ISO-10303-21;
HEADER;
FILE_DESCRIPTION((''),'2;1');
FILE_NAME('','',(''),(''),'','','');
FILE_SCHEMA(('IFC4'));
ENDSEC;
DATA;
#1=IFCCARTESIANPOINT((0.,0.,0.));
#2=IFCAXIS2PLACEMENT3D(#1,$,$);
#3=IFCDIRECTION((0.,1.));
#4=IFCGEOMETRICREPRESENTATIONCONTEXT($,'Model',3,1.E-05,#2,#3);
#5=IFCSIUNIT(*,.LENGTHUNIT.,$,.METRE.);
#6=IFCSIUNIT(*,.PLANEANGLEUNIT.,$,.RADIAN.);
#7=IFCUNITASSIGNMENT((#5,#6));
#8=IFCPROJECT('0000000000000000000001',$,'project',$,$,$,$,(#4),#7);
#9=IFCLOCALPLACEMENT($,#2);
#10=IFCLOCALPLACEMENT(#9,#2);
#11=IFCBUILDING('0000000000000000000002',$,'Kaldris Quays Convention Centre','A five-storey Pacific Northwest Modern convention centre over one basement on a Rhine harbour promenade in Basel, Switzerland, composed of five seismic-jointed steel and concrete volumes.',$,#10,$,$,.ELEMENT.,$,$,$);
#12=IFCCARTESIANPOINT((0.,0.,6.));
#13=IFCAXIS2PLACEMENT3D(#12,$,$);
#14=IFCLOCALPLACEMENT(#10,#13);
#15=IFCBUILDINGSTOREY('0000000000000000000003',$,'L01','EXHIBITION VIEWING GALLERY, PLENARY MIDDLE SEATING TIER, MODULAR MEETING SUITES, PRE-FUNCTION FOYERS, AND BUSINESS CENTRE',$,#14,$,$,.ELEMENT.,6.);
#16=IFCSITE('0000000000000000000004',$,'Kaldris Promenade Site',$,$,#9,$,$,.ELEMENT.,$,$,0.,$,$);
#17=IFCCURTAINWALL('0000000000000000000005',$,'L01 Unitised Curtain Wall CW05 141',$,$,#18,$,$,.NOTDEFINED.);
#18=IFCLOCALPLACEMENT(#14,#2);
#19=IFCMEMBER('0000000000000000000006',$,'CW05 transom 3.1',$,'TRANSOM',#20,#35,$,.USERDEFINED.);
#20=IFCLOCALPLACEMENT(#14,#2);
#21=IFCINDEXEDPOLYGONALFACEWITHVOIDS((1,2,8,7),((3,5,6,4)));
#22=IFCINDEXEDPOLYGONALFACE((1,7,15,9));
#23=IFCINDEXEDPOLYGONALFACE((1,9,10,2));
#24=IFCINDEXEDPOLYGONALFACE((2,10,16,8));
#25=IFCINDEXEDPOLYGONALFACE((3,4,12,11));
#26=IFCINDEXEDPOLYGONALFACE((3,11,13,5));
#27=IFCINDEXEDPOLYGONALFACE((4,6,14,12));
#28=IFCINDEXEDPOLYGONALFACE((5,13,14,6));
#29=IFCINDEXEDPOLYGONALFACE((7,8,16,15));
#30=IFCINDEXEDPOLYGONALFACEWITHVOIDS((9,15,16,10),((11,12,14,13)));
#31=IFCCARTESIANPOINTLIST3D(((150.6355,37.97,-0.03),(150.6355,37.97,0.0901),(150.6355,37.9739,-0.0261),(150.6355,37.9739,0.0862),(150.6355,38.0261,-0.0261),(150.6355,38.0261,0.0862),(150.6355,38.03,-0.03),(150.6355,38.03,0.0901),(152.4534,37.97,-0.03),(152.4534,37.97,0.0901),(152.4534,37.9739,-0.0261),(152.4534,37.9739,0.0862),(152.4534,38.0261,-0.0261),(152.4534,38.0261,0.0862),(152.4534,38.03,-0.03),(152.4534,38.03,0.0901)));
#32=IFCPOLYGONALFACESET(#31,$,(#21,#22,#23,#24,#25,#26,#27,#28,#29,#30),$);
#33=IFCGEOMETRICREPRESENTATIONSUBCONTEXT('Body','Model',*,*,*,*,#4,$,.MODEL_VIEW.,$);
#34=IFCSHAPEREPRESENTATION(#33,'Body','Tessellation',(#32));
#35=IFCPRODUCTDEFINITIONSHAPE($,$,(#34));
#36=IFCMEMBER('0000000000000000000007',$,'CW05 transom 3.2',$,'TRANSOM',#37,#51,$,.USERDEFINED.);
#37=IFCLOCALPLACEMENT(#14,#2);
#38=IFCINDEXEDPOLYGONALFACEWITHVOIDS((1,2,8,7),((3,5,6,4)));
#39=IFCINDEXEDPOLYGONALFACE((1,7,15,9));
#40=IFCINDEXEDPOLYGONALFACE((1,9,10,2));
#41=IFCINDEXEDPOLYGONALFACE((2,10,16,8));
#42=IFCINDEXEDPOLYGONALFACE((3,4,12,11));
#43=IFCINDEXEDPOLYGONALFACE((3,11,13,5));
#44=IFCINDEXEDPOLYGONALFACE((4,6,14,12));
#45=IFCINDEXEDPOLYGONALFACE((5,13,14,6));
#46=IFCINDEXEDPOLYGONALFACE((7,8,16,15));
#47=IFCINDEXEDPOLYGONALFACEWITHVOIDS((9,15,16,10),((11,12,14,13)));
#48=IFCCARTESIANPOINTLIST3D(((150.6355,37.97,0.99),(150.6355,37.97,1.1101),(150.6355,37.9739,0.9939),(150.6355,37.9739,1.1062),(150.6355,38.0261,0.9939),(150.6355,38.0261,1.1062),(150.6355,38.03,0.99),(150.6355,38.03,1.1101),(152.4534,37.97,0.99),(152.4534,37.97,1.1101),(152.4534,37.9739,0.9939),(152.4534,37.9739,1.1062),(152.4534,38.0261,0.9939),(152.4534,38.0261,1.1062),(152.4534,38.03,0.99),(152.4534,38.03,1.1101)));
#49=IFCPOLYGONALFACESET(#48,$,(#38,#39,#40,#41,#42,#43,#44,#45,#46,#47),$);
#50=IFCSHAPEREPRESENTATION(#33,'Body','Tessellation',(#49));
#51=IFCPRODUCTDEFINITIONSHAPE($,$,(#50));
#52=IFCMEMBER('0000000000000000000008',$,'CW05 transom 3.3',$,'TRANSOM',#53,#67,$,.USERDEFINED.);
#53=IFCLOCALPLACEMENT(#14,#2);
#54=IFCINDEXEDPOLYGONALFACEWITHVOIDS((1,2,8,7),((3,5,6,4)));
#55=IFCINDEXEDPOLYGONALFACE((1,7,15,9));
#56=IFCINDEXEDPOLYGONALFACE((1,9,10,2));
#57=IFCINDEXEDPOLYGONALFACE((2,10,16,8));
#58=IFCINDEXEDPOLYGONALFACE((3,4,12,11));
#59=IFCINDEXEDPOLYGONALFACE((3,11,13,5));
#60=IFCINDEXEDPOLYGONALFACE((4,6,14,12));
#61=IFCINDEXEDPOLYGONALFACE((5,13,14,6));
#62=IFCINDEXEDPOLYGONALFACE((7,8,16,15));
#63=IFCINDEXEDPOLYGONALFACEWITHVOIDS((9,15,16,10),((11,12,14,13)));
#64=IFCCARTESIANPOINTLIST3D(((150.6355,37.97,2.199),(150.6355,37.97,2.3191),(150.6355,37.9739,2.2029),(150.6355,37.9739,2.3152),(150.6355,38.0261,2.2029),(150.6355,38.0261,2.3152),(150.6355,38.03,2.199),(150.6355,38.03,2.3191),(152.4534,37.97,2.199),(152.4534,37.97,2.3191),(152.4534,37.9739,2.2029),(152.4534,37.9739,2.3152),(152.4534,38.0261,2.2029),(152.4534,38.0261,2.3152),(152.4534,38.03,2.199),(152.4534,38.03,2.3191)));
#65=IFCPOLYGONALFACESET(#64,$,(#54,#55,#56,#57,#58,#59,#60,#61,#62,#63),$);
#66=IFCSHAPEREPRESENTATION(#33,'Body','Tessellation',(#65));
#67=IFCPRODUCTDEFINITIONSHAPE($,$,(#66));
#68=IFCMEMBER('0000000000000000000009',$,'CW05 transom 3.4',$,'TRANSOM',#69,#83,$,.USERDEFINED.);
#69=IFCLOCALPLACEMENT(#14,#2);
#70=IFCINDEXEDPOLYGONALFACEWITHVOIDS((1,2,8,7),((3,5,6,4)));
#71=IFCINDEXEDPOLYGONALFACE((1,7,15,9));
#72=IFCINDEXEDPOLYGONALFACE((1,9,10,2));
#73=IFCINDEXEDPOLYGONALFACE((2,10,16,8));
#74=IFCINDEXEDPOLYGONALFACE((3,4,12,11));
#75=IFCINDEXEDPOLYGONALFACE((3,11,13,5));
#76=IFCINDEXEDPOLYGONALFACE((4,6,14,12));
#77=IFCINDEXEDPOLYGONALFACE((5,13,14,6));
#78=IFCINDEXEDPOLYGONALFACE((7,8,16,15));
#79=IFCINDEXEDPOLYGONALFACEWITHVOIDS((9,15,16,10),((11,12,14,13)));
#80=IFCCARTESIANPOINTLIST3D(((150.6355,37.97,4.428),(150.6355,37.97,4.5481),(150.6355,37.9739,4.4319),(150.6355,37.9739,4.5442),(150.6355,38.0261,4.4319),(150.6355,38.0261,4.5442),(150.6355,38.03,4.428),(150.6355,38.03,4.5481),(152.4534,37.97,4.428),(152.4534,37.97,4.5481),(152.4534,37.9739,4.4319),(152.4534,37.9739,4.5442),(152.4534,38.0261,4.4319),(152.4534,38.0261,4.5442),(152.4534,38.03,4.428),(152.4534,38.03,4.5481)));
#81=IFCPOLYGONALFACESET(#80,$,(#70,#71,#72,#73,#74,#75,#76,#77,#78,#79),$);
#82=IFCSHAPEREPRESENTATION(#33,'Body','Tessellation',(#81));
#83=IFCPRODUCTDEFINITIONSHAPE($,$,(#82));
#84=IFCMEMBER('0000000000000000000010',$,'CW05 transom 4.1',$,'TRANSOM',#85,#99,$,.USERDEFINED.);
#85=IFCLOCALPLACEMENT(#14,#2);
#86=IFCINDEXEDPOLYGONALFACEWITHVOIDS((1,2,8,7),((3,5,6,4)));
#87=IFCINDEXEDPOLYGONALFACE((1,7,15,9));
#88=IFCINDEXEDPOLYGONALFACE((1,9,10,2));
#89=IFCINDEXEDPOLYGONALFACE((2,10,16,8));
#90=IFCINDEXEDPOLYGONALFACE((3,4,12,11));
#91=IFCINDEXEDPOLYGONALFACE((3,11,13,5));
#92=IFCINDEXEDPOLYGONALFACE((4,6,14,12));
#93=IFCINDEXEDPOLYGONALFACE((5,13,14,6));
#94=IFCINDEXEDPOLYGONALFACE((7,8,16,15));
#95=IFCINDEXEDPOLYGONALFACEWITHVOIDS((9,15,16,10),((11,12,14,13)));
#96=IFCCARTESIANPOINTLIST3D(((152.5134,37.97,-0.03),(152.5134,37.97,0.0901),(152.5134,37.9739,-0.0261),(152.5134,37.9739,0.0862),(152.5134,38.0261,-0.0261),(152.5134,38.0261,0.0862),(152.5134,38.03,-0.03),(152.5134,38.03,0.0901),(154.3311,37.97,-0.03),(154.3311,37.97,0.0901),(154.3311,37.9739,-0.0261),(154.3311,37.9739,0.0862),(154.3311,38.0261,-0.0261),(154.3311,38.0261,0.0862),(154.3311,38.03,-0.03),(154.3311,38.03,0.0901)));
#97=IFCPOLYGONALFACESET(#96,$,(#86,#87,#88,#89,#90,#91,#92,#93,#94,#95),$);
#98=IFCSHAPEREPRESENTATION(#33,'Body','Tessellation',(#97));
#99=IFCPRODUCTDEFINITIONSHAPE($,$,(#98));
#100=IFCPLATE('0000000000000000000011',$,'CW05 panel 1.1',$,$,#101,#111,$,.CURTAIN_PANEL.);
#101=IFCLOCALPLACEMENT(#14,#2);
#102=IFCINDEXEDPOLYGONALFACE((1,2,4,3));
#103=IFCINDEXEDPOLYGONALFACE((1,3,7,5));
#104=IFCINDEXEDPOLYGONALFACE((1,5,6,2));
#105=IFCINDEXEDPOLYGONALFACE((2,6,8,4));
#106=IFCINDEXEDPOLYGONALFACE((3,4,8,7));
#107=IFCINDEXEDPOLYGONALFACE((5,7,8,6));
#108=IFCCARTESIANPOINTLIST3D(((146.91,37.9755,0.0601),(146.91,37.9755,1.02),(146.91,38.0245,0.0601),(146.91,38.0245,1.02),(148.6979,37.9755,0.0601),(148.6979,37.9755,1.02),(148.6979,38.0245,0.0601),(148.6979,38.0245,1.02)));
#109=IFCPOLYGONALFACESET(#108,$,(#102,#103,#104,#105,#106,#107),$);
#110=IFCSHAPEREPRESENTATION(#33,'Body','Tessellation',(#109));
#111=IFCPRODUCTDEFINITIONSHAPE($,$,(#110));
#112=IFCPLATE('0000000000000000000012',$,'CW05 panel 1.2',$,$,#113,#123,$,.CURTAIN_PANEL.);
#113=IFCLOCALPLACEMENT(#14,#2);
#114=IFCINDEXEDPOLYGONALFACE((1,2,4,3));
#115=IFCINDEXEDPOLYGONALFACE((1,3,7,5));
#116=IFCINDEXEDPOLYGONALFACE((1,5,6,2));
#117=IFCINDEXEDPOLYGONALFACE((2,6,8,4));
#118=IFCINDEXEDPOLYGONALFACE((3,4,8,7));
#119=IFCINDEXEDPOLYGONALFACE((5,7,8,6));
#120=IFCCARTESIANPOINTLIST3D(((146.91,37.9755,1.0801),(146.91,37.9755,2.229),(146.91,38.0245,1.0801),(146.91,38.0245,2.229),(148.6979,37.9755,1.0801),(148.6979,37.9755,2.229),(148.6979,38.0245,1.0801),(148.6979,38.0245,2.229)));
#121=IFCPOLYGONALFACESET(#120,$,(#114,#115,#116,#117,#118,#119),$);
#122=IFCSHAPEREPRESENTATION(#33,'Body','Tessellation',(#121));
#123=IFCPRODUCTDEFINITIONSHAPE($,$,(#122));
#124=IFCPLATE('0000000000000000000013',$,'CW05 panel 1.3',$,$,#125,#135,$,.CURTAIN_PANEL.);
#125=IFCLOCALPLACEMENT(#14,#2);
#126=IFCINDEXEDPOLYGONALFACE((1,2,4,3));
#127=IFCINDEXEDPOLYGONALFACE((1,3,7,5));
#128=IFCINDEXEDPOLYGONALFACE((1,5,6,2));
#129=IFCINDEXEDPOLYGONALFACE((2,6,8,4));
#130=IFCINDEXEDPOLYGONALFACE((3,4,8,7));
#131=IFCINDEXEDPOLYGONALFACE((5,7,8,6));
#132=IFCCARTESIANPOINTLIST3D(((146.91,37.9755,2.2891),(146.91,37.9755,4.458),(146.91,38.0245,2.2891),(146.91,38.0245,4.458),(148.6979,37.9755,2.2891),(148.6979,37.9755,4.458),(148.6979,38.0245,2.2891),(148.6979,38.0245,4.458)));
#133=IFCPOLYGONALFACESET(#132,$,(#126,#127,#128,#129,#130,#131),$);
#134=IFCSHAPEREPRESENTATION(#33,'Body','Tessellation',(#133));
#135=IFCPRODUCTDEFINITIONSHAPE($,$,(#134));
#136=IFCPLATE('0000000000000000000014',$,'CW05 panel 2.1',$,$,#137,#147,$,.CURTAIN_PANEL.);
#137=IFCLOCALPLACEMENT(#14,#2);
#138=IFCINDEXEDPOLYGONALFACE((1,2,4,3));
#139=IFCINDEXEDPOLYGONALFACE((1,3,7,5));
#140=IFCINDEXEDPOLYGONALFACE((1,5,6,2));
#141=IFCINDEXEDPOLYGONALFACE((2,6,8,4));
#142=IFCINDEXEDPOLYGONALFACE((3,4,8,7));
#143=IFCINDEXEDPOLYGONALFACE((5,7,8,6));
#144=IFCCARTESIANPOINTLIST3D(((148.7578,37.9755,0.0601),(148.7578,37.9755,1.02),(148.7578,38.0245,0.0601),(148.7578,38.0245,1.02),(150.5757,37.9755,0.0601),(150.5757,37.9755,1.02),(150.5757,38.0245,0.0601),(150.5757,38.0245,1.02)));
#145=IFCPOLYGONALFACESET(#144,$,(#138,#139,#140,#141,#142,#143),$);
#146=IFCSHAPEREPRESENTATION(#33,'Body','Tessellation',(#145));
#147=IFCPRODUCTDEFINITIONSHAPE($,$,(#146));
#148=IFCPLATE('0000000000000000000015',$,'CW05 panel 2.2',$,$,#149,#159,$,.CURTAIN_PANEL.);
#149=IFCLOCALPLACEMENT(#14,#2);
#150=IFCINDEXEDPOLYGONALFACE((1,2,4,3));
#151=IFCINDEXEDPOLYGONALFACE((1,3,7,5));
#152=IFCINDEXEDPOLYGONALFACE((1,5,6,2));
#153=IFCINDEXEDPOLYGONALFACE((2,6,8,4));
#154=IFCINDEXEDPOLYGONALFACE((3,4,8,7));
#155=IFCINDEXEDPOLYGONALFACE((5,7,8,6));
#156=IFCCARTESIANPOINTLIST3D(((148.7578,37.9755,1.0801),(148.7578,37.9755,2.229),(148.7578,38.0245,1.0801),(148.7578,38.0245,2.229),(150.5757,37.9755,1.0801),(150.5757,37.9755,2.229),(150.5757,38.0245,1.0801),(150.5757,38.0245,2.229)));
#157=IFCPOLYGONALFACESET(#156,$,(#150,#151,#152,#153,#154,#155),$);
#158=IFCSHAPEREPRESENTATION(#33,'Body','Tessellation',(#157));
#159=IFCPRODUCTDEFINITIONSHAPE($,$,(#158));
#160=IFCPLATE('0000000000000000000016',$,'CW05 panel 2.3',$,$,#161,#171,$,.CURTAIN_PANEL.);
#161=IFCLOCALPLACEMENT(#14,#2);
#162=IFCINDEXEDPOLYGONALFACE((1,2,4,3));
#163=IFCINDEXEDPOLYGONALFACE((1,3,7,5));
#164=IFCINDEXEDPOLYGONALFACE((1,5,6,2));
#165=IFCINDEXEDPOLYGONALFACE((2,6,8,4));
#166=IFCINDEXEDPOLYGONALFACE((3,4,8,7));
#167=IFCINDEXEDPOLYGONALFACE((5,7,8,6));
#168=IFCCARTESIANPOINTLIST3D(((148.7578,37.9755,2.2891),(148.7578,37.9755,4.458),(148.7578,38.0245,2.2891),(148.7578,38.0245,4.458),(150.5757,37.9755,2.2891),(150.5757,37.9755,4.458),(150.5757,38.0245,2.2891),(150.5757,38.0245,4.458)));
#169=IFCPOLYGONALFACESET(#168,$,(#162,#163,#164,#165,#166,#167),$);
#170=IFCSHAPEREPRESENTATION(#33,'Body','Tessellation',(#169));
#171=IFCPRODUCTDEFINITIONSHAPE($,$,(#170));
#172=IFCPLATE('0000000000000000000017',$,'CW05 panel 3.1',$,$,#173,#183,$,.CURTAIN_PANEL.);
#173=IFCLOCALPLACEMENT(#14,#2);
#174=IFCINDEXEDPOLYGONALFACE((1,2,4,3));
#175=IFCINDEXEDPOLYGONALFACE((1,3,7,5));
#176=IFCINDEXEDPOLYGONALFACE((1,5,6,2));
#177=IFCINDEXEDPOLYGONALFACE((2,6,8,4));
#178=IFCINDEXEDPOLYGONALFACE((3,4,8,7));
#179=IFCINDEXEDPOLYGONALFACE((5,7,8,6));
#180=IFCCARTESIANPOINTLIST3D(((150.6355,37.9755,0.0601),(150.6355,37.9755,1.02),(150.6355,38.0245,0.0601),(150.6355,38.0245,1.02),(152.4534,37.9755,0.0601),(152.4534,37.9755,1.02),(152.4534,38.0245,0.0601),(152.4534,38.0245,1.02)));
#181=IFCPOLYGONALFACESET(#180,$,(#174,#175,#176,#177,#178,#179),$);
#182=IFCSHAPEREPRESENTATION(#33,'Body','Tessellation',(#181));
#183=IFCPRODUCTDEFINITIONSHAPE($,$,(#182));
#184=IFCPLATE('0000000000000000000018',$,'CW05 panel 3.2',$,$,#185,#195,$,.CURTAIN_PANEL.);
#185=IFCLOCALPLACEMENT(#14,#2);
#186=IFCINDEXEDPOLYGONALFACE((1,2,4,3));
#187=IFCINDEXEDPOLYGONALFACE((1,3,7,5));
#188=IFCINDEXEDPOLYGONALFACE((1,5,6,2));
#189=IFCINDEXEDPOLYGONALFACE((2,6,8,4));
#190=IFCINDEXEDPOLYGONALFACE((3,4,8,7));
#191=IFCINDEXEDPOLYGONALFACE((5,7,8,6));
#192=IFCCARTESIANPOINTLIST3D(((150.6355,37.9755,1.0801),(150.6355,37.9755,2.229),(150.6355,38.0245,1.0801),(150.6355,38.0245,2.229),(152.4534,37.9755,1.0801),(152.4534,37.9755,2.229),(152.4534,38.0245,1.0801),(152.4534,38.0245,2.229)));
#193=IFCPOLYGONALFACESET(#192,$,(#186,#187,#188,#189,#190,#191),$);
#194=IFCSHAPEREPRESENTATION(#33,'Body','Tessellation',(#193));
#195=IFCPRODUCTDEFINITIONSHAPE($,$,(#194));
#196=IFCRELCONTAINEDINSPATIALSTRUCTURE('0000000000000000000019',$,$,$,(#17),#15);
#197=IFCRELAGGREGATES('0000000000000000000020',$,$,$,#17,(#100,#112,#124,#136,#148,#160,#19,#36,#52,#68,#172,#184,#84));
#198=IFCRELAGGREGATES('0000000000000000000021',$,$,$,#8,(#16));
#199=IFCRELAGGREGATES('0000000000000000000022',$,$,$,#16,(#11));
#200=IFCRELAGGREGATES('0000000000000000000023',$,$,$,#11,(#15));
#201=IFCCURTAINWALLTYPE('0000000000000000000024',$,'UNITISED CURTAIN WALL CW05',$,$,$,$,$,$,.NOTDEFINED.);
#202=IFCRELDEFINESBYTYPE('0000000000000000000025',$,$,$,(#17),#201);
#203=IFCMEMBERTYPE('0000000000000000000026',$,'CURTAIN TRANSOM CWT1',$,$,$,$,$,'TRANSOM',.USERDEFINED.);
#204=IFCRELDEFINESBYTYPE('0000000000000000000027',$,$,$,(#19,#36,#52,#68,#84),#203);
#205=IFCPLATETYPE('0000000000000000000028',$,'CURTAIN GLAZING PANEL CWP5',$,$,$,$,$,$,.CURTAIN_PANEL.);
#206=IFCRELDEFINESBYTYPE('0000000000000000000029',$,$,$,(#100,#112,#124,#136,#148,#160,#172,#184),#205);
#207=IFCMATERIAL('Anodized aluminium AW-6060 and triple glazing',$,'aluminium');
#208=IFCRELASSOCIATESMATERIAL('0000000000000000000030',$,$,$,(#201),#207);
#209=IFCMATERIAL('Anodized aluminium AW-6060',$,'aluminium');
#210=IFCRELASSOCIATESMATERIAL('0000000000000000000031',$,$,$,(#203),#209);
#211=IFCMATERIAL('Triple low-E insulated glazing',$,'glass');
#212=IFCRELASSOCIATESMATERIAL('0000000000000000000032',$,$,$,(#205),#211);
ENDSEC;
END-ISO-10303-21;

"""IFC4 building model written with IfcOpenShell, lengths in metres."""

from ifc_helpers import new_model, si_unit, direction, frame, origin, origin_2d, place, context, subcontext, project, spatial, rectangle, hollow_rectangle, extrude, material, material_profile, profile_set, type_object, element, aggregate, save


model = new_model("IFC4")

# Units and contexts
model_context = context("Model", 3, precision=1e-05, world=origin(), true_north=direction((0.0, 1.0)))
body_context = subcontext(model_context, "Body", "Model", "MODEL_VIEW")
ifc_project = project(units=[si_unit("LENGTHUNIT", "METRE"), si_unit("PLANEANGLEUNIT", "RADIAN")], contexts=[model_context])

# Site, building, storey
site_placement = place(None, origin())
site = spatial("IfcSite", under=ifc_project, at=site_placement, Name="Kaldris Promenade Site", CompositionType="ELEMENT", RefElevation=0.0)
building_placement = place(site_placement, origin())
building = spatial("IfcBuilding", under=site, at=building_placement, Name="Kaldris Quays Convention Centre", Description="A five-storey Pacific Northwest Modern convention centre over one basement on a Rhine harbour promenade in Basel, Switzerland, composed of five seismic-jointed steel and concrete volumes.", CompositionType="ELEMENT")
storey_placement = place(building_placement, frame((0.0, 0.0, 6.0)))
storey = spatial("IfcBuildingStorey", under=building, at=storey_placement, Name="L01", Description="EXHIBITION VIEWING GALLERY, PLENARY MIDDLE SEATING TIER, MODULAR MEETING SUITES, PRE-FUNCTION FOYERS, AND BUSINESS CENTRE", CompositionType="ELEMENT", Elevation=6.0)

# Curtain wall, members, plates
ifc_material_1 = material(Name="Anodized aluminium AW-6060 and triple glazing", Category="aluminium")
curtain_wall_type = type_object("IfcCurtainWallType", Name="UNITISED CURTAIN WALL CW05", PredefinedType="NOTDEFINED", material=ifc_material_1)
curtain_wall_placement = place(storey_placement, origin())
curtain_wall = element("IfcCurtainWall", 1, at=curtain_wall_placement, inside=storey, type_object=curtain_wall_type, Name="L01 Unitised Curtain Wall CW05 141", PredefinedType="NOTDEFINED")
ifc_material_2 = material(Name="Anodized aluminium AW-6060", Category="aluminium")
ifc_material_profile_1 = material_profile(ifc_material_2, hollow_rectangle(XDim=0.0601, YDim=0.1201, WallThickness=0.0039, at=origin_2d()), Name="RHS 120x60x4")
ifc_profile_set_1 = profile_set([ifc_material_profile_1], Name="Anodized aluminium AW-6060")
member_type_1 = type_object("IfcMemberType", Name="CURTAIN TRANSOM CWT1", ElementType="TRANSOM", PredefinedType="USERDEFINED", material=ifc_profile_set_1)
member_1_placement = place(storey_placement, frame((150.6355, 38.0, 0.03), z_axis=(1.0, 0.0, 0.0), x_axis=(0.0, 1.0, 0.0)))
member_1 = element("IfcMember", 2, at=member_1_placement, type_object=member_type_1, Name="CW05 transom 3.1", ObjectType="TRANSOM", PredefinedType="USERDEFINED", context=body_context, shape_type="SweptSolid", body=[
    extrude(hollow_rectangle(XDim=0.0601, YDim=0.1201, WallThickness=0.0039, at=origin_2d()), origin(), (0.0, 0.0, 1.0), 1.8179),
])
member_2_placement = place(storey_placement, frame((150.6355, 38.0, 1.05), z_axis=(1.0, 0.0, 0.0), x_axis=(0.0, 1.0, 0.0)))
member_2 = element("IfcMember", 3, at=member_2_placement, type_object=member_type_1, Name="CW05 transom 3.2", ObjectType="TRANSOM", PredefinedType="USERDEFINED", context=body_context, shape_type="SweptSolid", body=[
    extrude(hollow_rectangle(XDim=0.0601, YDim=0.1201, WallThickness=0.0039, at=origin_2d()), origin(), (0.0, 0.0, 1.0), 1.8179),
])
member_3_placement = place(storey_placement, frame((150.6355, 38.0, 2.259), z_axis=(1.0, 0.0, 0.0), x_axis=(0.0, 1.0, 0.0)))
member_3 = element("IfcMember", 4, at=member_3_placement, type_object=member_type_1, Name="CW05 transom 3.3", ObjectType="TRANSOM", PredefinedType="USERDEFINED", context=body_context, shape_type="SweptSolid", body=[
    extrude(hollow_rectangle(XDim=0.0601, YDim=0.1201, WallThickness=0.0039, at=origin_2d()), origin(), (0.0, 0.0, 1.0), 1.8179),
])
member_4_placement = place(storey_placement, frame((150.6355, 38.0, 4.488), z_axis=(1.0, 0.0, 0.0), x_axis=(0.0, 1.0, 0.0)))
member_4 = element("IfcMember", 5, at=member_4_placement, type_object=member_type_1, Name="CW05 transom 3.4", ObjectType="TRANSOM", PredefinedType="USERDEFINED", context=body_context, shape_type="SweptSolid", body=[
    extrude(hollow_rectangle(XDim=0.0601, YDim=0.1201, WallThickness=0.0039, at=origin_2d()), origin(), (0.0, 0.0, 1.0), 1.8179),
])
member_5_placement = place(storey_placement, frame((152.5134, 38.0, 0.03), z_axis=(1.0, 0.0, 0.0), x_axis=(0.0, 1.0, 0.0)))
member_5 = element("IfcMember", 6, at=member_5_placement, type_object=member_type_1, Name="CW05 transom 4.1", ObjectType="TRANSOM", PredefinedType="USERDEFINED", context=body_context, shape_type="SweptSolid", body=[
    extrude(hollow_rectangle(XDim=0.0601, YDim=0.1201, WallThickness=0.0039, at=origin_2d()), origin(), (0.0, 0.0, 1.0), 1.8176),
])
ifc_material_3 = material(Name="Triple low-E insulated glazing", Category="glass")
plate_type = type_object("IfcPlateType", Name="CURTAIN GLAZING PANEL CWP5", PredefinedType="CURTAIN_PANEL", material=ifc_material_3)
plate_1_placement = place(storey_placement, frame((147.804, 38.0, 0.0601), z_axis=(0.0, 0.0, 1.0), x_axis=(1.0, 0.0, 0.0)))
plate_1 = element("IfcPlate", 7, at=plate_1_placement, type_object=plate_type, Name="CW05 panel 1.1", PredefinedType="CURTAIN_PANEL", context=body_context, shape_type="SweptSolid", body=[
    extrude(rectangle(XDim=1.7878, YDim=0.0491, at=origin_2d()), origin(), (0.0, 0.0, 1.0), 0.96),
])
plate_2_placement = place(storey_placement, frame((147.804, 38.0, 1.0801), z_axis=(0.0, 0.0, 1.0), x_axis=(1.0, 0.0, 0.0)))
plate_2 = element("IfcPlate", 8, at=plate_2_placement, type_object=plate_type, Name="CW05 panel 1.2", PredefinedType="CURTAIN_PANEL", context=body_context, shape_type="SweptSolid", body=[
    extrude(rectangle(XDim=1.7878, YDim=0.0491, at=origin_2d()), origin(), (0.0, 0.0, 1.0), 1.1489),
])
plate_3_placement = place(storey_placement, frame((147.804, 38.0, 2.2891), z_axis=(0.0, 0.0, 1.0), x_axis=(1.0, 0.0, 0.0)))
plate_3 = element("IfcPlate", 9, at=plate_3_placement, type_object=plate_type, Name="CW05 panel 1.3", PredefinedType="CURTAIN_PANEL", context=body_context, shape_type="SweptSolid", body=[
    extrude(rectangle(XDim=1.7878, YDim=0.0491, at=origin_2d()), origin(), (0.0, 0.0, 1.0), 2.1689),
])
plate_4_placement = place(storey_placement, frame((149.6667, 38.0, 0.0601), z_axis=(0.0, 0.0, 1.0), x_axis=(1.0, 0.0, 0.0)))
plate_4 = element("IfcPlate", 10, at=plate_4_placement, type_object=plate_type, Name="CW05 panel 2.1", PredefinedType="CURTAIN_PANEL", context=body_context, shape_type="SweptSolid", body=[
    extrude(rectangle(XDim=1.8179, YDim=0.0491, at=origin_2d()), origin(), (0.0, 0.0, 1.0), 0.96),
])
plate_5_placement = place(storey_placement, frame((149.6667, 38.0, 1.0801), z_axis=(0.0, 0.0, 1.0), x_axis=(1.0, 0.0, 0.0)))
plate_5 = element("IfcPlate", 11, at=plate_5_placement, type_object=plate_type, Name="CW05 panel 2.2", PredefinedType="CURTAIN_PANEL", context=body_context, shape_type="SweptSolid", body=[
    extrude(rectangle(XDim=1.8179, YDim=0.0491, at=origin_2d()), origin(), (0.0, 0.0, 1.0), 1.1489),
])
plate_6_placement = place(storey_placement, frame((149.6667, 38.0, 2.2891), z_axis=(0.0, 0.0, 1.0), x_axis=(1.0, 0.0, 0.0)))
plate_6 = element("IfcPlate", 12, at=plate_6_placement, type_object=plate_type, Name="CW05 panel 2.3", PredefinedType="CURTAIN_PANEL", context=body_context, shape_type="SweptSolid", body=[
    extrude(rectangle(XDim=1.8179, YDim=0.0491, at=origin_2d()), origin(), (0.0, 0.0, 1.0), 2.1689),
])
plate_7_placement = place(storey_placement, frame((151.5444, 38.0, 0.0601), z_axis=(0.0, 0.0, 1.0), x_axis=(1.0, 0.0, 0.0)))
plate_7 = element("IfcPlate", 13, at=plate_7_placement, type_object=plate_type, Name="CW05 panel 3.1", PredefinedType="CURTAIN_PANEL", context=body_context, shape_type="SweptSolid", body=[
    extrude(rectangle(XDim=1.8179, YDim=0.0491, at=origin_2d()), origin(), (0.0, 0.0, 1.0), 0.96),
])
plate_8_placement = place(storey_placement, frame((151.5444, 38.0, 1.0801), z_axis=(0.0, 0.0, 1.0), x_axis=(1.0, 0.0, 0.0)))
plate_8 = element("IfcPlate", 14, at=plate_8_placement, type_object=plate_type, Name="CW05 panel 3.2", PredefinedType="CURTAIN_PANEL", context=body_context, shape_type="SweptSolid", body=[
    extrude(rectangle(XDim=1.8179, YDim=0.0491, at=origin_2d()), origin(), (0.0, 0.0, 1.0), 1.1489),
])
aggregate(curtain_wall, [plate_1, plate_2, plate_3, plate_4, plate_5, plate_6, member_1, member_2, member_3, member_4, plate_7, plate_8, member_5])

save(model, "model.ifc")
